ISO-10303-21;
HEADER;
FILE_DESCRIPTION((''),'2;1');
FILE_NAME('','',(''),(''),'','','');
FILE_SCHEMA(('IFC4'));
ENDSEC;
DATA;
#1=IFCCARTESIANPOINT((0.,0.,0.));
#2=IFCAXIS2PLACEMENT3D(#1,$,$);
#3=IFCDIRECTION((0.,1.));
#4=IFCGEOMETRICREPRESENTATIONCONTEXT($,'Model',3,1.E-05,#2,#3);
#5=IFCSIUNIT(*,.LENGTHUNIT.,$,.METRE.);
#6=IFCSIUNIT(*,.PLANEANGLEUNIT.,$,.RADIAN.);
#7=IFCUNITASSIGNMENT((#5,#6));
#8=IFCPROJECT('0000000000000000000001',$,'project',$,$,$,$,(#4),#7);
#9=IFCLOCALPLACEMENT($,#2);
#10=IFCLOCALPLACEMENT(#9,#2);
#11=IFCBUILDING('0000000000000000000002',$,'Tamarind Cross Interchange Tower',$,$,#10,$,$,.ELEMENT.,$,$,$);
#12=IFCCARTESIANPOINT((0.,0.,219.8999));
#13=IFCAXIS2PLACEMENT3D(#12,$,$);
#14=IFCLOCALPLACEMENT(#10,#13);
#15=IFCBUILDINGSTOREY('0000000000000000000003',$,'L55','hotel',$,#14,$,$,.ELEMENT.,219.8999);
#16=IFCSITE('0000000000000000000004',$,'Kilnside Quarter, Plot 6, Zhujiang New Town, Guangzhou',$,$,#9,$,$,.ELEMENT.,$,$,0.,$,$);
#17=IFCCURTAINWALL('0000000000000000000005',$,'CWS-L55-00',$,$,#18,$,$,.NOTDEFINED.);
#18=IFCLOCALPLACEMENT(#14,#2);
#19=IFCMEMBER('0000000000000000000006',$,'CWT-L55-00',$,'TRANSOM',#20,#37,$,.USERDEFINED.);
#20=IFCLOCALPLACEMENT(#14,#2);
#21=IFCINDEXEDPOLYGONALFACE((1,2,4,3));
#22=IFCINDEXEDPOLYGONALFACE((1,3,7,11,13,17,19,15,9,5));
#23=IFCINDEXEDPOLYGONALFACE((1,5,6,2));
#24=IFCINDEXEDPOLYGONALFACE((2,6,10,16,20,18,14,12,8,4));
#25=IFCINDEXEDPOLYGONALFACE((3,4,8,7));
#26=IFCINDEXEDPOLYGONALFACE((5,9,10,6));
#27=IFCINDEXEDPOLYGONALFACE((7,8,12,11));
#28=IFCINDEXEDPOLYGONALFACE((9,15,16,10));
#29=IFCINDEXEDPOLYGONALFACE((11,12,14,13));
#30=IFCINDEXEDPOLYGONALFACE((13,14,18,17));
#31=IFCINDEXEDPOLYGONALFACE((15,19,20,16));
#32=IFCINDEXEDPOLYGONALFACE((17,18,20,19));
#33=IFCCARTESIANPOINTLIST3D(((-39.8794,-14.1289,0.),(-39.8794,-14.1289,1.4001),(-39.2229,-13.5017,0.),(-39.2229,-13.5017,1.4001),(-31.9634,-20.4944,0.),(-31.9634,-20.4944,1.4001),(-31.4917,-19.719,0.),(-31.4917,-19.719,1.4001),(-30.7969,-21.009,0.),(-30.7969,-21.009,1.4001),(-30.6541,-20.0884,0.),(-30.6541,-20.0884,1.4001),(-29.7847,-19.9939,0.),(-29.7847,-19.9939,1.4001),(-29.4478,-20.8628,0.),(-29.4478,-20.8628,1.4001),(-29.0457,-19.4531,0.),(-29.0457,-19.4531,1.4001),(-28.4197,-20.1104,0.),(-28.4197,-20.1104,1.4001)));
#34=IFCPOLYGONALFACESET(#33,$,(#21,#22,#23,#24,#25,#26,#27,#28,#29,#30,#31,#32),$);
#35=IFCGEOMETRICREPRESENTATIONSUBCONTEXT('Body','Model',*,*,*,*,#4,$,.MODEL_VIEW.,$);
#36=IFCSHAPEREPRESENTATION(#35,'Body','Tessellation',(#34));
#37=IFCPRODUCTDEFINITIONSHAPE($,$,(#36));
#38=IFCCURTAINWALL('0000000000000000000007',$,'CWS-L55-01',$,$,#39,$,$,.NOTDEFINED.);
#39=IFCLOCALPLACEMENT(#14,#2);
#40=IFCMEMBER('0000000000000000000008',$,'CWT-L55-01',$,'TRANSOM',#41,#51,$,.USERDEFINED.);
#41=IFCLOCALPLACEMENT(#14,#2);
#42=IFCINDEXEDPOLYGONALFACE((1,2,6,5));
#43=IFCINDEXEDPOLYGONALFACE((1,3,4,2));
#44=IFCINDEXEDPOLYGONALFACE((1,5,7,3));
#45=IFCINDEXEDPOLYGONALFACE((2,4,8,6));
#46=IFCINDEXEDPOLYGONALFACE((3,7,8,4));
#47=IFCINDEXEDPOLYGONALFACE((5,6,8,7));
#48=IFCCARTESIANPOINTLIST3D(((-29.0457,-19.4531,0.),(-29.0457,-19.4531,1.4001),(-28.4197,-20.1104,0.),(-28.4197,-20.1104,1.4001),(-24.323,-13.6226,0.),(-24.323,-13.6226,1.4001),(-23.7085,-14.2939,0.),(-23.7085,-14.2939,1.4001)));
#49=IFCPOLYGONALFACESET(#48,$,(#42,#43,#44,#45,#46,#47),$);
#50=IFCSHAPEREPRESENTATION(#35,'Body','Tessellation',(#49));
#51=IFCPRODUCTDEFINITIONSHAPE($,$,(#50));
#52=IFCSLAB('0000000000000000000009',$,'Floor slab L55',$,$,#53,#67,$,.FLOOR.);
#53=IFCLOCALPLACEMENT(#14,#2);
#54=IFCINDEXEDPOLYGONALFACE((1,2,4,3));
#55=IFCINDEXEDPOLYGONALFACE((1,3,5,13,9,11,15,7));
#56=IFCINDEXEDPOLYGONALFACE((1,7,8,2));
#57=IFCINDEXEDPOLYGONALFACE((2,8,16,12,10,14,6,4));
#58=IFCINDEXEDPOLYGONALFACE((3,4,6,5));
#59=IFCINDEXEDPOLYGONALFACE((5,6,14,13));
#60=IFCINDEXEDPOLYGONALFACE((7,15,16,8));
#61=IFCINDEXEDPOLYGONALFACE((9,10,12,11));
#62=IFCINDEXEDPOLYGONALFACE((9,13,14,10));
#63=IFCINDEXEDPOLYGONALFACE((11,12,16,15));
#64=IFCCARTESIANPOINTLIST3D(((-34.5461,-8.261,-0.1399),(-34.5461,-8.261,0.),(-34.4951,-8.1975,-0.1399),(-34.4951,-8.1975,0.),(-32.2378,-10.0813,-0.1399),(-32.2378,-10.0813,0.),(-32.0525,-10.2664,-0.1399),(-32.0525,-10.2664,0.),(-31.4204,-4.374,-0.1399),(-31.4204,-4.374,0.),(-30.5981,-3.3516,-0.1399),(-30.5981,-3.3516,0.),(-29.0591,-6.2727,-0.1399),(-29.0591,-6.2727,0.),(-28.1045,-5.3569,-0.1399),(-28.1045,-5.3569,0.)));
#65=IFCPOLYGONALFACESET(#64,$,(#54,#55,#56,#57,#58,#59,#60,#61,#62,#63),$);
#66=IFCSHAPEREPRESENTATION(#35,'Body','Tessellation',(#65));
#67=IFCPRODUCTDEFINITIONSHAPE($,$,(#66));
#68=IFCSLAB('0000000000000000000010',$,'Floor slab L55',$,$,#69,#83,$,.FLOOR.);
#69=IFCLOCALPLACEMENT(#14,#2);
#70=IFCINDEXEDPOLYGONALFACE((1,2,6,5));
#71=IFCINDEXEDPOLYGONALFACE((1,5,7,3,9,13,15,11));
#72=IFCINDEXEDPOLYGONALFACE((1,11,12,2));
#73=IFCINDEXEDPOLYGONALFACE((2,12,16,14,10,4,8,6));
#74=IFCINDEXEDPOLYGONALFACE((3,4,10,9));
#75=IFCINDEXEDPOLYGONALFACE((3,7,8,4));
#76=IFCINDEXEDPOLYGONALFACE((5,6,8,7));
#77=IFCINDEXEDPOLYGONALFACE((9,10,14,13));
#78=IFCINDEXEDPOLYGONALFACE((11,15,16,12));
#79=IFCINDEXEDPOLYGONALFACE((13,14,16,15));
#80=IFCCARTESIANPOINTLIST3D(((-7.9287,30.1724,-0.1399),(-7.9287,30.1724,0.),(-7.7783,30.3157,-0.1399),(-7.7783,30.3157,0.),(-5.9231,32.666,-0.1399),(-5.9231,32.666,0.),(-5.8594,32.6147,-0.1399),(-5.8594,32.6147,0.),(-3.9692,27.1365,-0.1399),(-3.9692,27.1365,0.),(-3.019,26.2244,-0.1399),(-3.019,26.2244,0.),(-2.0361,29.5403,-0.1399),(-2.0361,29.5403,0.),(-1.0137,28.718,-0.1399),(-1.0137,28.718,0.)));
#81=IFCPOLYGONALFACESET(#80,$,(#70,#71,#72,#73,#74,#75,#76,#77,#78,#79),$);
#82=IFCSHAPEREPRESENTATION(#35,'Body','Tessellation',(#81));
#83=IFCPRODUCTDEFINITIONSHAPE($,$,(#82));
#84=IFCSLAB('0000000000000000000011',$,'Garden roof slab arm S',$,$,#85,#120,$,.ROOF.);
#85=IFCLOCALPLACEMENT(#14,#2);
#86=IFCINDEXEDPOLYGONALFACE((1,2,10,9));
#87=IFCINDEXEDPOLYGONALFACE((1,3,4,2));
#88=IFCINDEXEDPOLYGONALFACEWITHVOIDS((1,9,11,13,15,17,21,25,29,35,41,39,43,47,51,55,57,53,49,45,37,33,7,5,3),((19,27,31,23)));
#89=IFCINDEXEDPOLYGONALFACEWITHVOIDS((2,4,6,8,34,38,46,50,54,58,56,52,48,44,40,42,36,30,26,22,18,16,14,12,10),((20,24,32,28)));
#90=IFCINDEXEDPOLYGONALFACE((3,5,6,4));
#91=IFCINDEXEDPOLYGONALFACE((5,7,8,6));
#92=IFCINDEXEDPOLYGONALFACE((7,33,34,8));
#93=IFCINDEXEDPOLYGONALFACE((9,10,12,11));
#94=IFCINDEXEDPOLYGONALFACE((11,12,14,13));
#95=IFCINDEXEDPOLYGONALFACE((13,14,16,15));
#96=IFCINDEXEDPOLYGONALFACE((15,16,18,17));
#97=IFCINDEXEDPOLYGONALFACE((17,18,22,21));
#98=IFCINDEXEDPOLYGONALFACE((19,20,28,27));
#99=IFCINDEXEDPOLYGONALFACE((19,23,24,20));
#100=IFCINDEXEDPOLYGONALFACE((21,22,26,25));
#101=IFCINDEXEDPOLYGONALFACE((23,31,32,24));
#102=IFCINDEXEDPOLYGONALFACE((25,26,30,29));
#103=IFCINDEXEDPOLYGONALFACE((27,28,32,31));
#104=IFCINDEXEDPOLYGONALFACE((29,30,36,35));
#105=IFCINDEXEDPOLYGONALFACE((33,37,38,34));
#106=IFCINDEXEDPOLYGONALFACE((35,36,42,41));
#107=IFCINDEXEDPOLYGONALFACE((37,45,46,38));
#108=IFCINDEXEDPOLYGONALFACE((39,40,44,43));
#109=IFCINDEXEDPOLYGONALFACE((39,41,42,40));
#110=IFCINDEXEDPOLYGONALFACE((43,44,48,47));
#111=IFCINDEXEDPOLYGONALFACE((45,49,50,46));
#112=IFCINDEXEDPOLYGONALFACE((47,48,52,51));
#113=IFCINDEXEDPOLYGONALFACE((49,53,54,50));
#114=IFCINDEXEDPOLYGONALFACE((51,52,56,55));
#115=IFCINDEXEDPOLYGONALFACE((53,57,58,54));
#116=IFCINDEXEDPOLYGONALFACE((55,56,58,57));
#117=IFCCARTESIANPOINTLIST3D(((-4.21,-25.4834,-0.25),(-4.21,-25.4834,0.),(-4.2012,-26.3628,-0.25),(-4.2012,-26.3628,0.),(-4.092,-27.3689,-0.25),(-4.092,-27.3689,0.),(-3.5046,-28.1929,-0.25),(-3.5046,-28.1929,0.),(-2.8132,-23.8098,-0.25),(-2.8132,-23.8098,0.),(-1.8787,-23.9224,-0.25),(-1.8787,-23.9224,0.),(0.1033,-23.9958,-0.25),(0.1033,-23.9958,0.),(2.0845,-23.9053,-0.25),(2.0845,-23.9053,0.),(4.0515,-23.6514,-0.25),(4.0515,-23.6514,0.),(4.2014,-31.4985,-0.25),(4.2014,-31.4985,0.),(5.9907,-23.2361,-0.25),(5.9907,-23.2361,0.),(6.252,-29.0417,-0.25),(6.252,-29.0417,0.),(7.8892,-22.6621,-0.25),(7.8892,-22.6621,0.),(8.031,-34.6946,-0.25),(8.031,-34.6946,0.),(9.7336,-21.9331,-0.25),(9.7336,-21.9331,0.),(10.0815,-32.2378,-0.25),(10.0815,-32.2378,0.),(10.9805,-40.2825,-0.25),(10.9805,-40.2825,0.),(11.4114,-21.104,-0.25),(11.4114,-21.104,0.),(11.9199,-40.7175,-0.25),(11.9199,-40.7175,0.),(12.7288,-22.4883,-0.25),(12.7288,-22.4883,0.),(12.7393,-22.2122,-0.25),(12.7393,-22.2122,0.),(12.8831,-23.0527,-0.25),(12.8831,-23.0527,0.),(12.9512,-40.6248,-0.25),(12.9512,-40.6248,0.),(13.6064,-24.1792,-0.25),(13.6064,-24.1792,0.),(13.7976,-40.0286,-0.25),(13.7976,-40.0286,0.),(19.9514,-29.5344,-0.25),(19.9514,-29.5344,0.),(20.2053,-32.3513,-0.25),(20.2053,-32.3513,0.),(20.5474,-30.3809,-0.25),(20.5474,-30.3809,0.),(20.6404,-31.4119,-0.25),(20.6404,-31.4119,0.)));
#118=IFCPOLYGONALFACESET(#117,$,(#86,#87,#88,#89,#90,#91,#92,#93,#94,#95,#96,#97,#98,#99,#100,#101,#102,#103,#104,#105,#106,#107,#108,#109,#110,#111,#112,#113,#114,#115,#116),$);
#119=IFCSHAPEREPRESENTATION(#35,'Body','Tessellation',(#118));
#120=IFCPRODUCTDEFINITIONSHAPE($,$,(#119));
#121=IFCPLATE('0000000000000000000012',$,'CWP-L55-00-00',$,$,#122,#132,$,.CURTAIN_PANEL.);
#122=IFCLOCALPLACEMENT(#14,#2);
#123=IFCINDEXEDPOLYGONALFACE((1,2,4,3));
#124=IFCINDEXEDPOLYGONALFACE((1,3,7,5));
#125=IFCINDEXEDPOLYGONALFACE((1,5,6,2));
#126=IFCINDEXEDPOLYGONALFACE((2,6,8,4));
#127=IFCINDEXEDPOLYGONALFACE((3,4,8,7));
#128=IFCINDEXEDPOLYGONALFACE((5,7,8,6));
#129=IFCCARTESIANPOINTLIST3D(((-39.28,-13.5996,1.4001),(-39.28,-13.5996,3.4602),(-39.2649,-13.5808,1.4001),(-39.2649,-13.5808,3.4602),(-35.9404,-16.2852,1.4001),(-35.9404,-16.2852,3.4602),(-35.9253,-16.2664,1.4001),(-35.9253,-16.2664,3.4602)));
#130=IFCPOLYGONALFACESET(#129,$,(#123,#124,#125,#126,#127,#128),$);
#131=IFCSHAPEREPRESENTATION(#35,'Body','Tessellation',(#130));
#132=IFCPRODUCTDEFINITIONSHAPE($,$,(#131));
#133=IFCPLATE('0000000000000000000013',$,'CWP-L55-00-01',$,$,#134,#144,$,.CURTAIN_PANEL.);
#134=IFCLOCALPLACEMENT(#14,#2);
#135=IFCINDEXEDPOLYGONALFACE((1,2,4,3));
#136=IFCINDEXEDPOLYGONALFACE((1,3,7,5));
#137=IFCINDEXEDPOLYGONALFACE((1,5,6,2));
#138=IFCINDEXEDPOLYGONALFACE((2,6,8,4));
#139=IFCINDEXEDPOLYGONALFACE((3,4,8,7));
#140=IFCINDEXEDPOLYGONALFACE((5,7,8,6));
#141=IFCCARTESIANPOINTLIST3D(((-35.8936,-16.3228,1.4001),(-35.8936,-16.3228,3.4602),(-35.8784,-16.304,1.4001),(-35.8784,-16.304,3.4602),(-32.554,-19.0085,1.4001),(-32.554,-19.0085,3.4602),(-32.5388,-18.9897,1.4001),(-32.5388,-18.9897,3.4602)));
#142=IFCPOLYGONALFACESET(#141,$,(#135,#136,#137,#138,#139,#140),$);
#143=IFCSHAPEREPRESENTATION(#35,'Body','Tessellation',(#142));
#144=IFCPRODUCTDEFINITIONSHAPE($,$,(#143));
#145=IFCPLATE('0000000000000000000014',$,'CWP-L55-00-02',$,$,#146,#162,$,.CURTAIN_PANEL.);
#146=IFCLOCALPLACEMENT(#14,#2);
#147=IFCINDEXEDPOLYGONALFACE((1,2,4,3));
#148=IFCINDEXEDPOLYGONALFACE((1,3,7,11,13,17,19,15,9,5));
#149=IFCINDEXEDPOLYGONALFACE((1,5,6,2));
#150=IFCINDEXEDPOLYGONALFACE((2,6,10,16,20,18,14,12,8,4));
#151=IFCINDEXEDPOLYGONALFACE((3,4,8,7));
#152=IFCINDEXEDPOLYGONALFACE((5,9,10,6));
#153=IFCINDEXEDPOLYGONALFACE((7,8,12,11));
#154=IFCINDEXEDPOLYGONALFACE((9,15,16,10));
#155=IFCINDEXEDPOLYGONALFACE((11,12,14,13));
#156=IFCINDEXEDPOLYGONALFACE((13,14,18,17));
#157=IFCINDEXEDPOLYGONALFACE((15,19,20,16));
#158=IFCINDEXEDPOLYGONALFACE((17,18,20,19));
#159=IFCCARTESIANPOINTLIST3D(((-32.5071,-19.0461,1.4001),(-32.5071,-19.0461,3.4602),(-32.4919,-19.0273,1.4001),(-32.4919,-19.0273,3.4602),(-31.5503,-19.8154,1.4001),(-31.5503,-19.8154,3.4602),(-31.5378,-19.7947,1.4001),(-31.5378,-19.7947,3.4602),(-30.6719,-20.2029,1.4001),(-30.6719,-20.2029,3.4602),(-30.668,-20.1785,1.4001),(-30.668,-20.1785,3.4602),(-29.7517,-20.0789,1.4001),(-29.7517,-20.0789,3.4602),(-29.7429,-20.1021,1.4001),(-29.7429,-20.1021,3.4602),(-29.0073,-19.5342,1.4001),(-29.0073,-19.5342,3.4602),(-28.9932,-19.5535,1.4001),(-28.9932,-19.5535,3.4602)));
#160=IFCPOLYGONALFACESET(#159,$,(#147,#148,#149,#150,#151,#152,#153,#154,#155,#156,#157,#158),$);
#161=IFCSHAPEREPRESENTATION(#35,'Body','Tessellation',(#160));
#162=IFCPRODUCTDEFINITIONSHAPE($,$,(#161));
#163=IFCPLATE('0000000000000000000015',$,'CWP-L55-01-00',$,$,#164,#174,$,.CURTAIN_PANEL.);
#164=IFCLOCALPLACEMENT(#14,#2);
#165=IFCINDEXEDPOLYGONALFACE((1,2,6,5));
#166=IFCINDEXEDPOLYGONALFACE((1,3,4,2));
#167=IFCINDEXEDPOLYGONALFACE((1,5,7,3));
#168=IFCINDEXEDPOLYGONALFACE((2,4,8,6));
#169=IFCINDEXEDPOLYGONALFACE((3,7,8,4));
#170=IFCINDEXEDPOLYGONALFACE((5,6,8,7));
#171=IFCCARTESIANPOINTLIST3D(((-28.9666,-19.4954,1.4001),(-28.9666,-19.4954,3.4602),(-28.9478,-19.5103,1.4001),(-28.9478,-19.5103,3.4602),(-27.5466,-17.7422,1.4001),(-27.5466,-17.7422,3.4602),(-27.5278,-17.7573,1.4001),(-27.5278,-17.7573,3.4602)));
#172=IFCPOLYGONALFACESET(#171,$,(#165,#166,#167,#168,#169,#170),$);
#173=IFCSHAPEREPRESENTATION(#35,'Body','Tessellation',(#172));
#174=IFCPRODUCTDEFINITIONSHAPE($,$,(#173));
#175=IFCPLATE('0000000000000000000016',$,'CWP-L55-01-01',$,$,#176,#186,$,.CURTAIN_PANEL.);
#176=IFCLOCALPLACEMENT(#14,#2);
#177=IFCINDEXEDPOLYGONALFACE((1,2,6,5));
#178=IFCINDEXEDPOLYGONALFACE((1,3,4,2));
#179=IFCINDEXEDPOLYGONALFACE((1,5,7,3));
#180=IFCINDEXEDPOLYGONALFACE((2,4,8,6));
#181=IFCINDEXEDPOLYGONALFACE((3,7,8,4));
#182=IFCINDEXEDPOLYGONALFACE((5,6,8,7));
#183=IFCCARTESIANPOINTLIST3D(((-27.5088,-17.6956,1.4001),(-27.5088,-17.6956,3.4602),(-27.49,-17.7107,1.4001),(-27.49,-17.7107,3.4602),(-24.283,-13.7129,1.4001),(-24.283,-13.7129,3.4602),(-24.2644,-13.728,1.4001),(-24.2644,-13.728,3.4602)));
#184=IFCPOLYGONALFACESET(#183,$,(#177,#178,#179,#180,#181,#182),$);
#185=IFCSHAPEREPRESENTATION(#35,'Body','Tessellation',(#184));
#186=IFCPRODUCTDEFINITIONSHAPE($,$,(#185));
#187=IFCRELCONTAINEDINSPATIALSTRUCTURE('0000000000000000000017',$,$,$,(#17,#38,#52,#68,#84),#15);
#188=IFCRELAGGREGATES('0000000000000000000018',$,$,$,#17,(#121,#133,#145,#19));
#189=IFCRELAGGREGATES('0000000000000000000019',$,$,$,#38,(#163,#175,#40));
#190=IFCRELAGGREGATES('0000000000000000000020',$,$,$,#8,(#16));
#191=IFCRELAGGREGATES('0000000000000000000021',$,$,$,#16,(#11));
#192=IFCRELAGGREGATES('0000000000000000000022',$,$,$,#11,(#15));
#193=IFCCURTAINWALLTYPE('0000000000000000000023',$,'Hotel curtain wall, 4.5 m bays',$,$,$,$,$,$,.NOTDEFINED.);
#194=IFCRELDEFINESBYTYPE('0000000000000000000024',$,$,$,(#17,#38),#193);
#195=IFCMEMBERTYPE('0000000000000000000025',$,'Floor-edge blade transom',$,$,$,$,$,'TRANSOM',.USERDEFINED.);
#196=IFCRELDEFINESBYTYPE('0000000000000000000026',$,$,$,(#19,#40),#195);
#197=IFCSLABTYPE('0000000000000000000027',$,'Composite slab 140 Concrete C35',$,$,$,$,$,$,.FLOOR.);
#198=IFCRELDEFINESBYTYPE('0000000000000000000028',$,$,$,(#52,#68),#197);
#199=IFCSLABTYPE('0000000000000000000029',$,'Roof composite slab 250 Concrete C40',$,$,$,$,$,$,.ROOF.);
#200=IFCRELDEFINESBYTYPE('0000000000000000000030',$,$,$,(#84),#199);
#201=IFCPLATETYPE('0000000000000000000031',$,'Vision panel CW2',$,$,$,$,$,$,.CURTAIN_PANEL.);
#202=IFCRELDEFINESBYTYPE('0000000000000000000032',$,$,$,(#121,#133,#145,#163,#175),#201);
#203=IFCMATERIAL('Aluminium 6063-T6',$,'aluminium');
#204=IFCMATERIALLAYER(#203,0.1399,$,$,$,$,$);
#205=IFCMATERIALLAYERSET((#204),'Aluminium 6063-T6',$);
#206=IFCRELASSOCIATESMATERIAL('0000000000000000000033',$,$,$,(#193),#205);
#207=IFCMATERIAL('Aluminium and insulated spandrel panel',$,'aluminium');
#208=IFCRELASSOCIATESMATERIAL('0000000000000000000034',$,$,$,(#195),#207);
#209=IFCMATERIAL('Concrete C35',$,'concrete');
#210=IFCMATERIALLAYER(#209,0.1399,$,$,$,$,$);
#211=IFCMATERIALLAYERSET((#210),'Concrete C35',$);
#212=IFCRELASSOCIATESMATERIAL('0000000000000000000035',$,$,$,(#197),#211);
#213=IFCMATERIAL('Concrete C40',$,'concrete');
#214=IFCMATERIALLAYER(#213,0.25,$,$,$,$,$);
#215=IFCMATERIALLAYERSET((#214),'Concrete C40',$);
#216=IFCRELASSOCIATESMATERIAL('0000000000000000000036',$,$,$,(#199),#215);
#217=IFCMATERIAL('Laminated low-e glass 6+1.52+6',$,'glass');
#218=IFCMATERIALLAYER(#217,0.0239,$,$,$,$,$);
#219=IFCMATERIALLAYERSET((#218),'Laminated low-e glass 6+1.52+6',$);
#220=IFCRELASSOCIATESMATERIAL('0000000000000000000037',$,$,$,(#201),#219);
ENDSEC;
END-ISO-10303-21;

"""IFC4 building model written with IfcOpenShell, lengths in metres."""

from ifc_helpers import new_model, si_unit, direction, frame, origin, place, context, subcontext, project, spatial, polyline, outline, extrude, material, layer, layer_set, type_object, element, aggregate, save


model = new_model("IFC4")

# Units and contexts
model_context = context("Model", 3, precision=1e-05, world=origin(), true_north=direction((0.0, 1.0)))
body_context = subcontext(model_context, "Body", "Model", "MODEL_VIEW")
ifc_project = project(units=[si_unit("LENGTHUNIT", "METRE"), si_unit("PLANEANGLEUNIT", "RADIAN")], contexts=[model_context])

# Site, building, storey
site_placement = place(None, origin())
site = spatial("IfcSite", under=ifc_project, at=site_placement, Name="Kilnside Quarter, Plot 6, Zhujiang New Town, Guangzhou", CompositionType="ELEMENT", RefElevation=0.0)
building_placement = place(site_placement, origin())
building = spatial("IfcBuilding", under=site, at=building_placement, Name="Tamarind Cross Interchange Tower", CompositionType="ELEMENT")
storey_placement = place(building_placement, frame((0.0, 0.0, 219.8999)))
storey = spatial("IfcBuildingStorey", under=building, at=storey_placement, Name="L55", Description="hotel", CompositionType="ELEMENT", Elevation=219.8999)

# Curtain walls, members
ifc_material_1 = material(Name="Aluminium 6063-T6", Category="aluminium")
ifc_layer_1 = layer(ifc_material_1, 0.1399)
ifc_layer_set_1 = layer_set([ifc_layer_1], Name="Aluminium 6063-T6")
curtain_wall_type_1 = type_object("IfcCurtainWallType", Name="Hotel curtain wall, 4.5 m bays", PredefinedType="NOTDEFINED", material=ifc_layer_set_1)
curtain_wall_1_placement = place(storey_placement, origin())
curtain_wall_1 = element("IfcCurtainWall", 1, at=curtain_wall_1_placement, inside=storey, type_object=curtain_wall_type_1, Name="CWS-L55-00", PredefinedType="NOTDEFINED")
ifc_material_2 = material(Name="Aluminium and insulated spandrel panel", Category="aluminium")
member_type = type_object("IfcMemberType", Name="Floor-edge blade transom", ElementType="TRANSOM", PredefinedType="USERDEFINED", material=ifc_material_2)
member_1_placement = place(storey_placement, origin())
member_1 = element("IfcMember", 2, at=member_1_placement, type_object=member_type, Name="CWT-L55-00", ObjectType="TRANSOM", PredefinedType="USERDEFINED", context=body_context, shape_type="SweptSolid", body=[
    extrude(outline(polyline([(-39.2229, -13.5017), (-31.4917, -19.719), (-30.6541, -20.0884), (-29.7847, -19.9939), (-29.0457, -19.4531), (-28.4197, -20.1104), (-29.4478, -20.8628), (-30.7969, -21.009), (-31.9634, -20.4944), (-39.8794, -14.1289), (-39.2229, -13.5017)])), origin(), (0.0, 0.0, 1.0), 1.4001),
])
curtain_wall_2_placement = place(storey_placement, origin())
curtain_wall_2 = element("IfcCurtainWall", 3, at=curtain_wall_2_placement, inside=storey, type_object=curtain_wall_type_1, Name="CWS-L55-01", PredefinedType="NOTDEFINED")
member_2_placement = place(storey_placement, origin())
member_2 = element("IfcMember", 4, at=member_2_placement, type_object=member_type, Name="CWT-L55-01", ObjectType="TRANSOM", PredefinedType="USERDEFINED", context=body_context, shape_type="SweptSolid", body=[
    extrude(outline(polyline([(-29.0457, -19.4531), (-24.323, -13.6226), (-23.7085, -14.2939), (-28.4197, -20.1104), (-29.0457, -19.4531)])), origin(), (0.0, 0.0, 1.0), 1.4001),
])

# Slabs
ifc_material_3 = material(Name="Concrete C35", Category="concrete")
ifc_layer_2 = layer(ifc_material_3, 0.1399)
ifc_layer_set_2 = layer_set([ifc_layer_2], Name="Concrete C35")
slab_type_1 = type_object("IfcSlabType", Name="Composite slab 140 Concrete C35", PredefinedType="FLOOR", material=ifc_layer_set_2)
slab_1_placement = place(storey_placement, frame((0.0, 0.0, -0.1399)))
element("IfcSlab", 5, at=slab_1_placement, inside=storey, type_object=slab_type_1, Name="Floor slab L55", PredefinedType="FLOOR", context=body_context, shape_type="SweptSolid", body=[
    extrude(outline(polyline([(-28.1045, -5.3569), (-30.5981, -3.3516), (-31.4204, -4.374), (-29.0591, -6.2727), (-32.2378, -10.0813), (-34.4951, -8.1975), (-34.5461, -8.261), (-32.0525, -10.2664), (-28.1045, -5.3569)])), origin(), (0.0, 0.0, 1.0), 0.1399),
])
slab_2_placement = place(storey_placement, frame((0.0, 0.0, -0.1399)))
element("IfcSlab", 6, at=slab_2_placement, inside=storey, type_object=slab_type_1, Name="Floor slab L55", PredefinedType="FLOOR", context=body_context, shape_type="SweptSolid", body=[
    extrude(outline(polyline([(-5.9231, 32.666), (-7.9287, 30.1724), (-3.019, 26.2244), (-1.0137, 28.718), (-2.0361, 29.5403), (-3.9692, 27.1365), (-7.7783, 30.3157), (-5.8594, 32.6147), (-5.9231, 32.666)])), origin(), (0.0, 0.0, 1.0), 0.1399),
])
ifc_material_4 = material(Name="Concrete C40", Category="concrete")
ifc_layer_3 = layer(ifc_material_4, 0.25)
ifc_layer_set_3 = layer_set([ifc_layer_3], Name="Concrete C40")
slab_type_2 = type_object("IfcSlabType", Name="Roof composite slab 250 Concrete C40", PredefinedType="ROOF", material=ifc_layer_set_3)
slab_3_placement = place(storey_placement, frame((0.0, 0.0, -0.25)))
element("IfcSlab", 7, at=slab_3_placement, inside=storey, type_object=slab_type_2, Name="Garden roof slab arm S", PredefinedType="ROOF", context=body_context, shape_type="SweptSolid", body=[
    extrude(outline(polyline([(-1.8787, -23.9224), (-2.8132, -23.8098), (-4.21, -25.4834), (-4.2012, -26.3628), (-4.092, -27.3689), (-3.5046, -28.1929), (10.9805, -40.2825), (11.9199, -40.7175), (12.9512, -40.6248), (13.7976, -40.0286), (20.2053, -32.3513), (20.6404, -31.4119), (20.5474, -30.3809), (19.9514, -29.5344), (13.6064, -24.1792), (12.8831, -23.0527), (12.7288, -22.4883), (12.7393, -22.2122), (11.4114, -21.104), (9.7336, -21.9331), (7.8892, -22.6621), (5.9907, -23.2361), (4.0515, -23.6514), (2.0845, -23.9053), (0.1033, -23.9958), (-1.8787, -23.9224)]), holes=[polyline([(4.2014, -31.4985), (6.252, -29.0417), (10.0815, -32.2378), (8.031, -34.6946), (4.2014, -31.4985)])]), origin(), (0.0, 0.0, 1.0), 0.25),
])

# Plates
ifc_material_5 = material(Name="Laminated low-e glass 6+1.52+6", Category="glass")
ifc_layer_4 = layer(ifc_material_5, 0.0239)
ifc_layer_set_4 = layer_set([ifc_layer_4], Name="Laminated low-e glass 6+1.52+6")
plate_type_1 = type_object("IfcPlateType", Name="Vision panel CW2", PredefinedType="CURTAIN_PANEL", material=ifc_layer_set_4)
plate_1_placement = place(storey_placement, frame((0.0, 0.0, 1.4001)))
plate_1 = element("IfcPlate", 8, at=plate_1_placement, type_object=plate_type_1, Name="CWP-L55-00-00", PredefinedType="CURTAIN_PANEL", context=body_context, shape_type="SweptSolid", body=[
    extrude(outline(polyline([(-39.2649, -13.5808), (-35.9253, -16.2664), (-35.9404, -16.2852), (-39.28, -13.5996), (-39.2649, -13.5808)])), origin(), (0.0, 0.0, 1.0), 2.0601),
])
plate_2_placement = place(storey_placement, frame((0.0, 0.0, 1.4001)))
plate_2 = element("IfcPlate", 9, at=plate_2_placement, type_object=plate_type_1, Name="CWP-L55-00-01", PredefinedType="CURTAIN_PANEL", context=body_context, shape_type="SweptSolid", body=[
    extrude(outline(polyline([(-35.8784, -16.304), (-32.5388, -18.9897), (-32.554, -19.0085), (-35.8936, -16.3228), (-35.8784, -16.304)])), origin(), (0.0, 0.0, 1.0), 2.0601),
])
plate_3_placement = place(storey_placement, frame((0.0, 0.0, 1.4001)))
plate_3 = element("IfcPlate", 10, at=plate_3_placement, type_object=plate_type_1, Name="CWP-L55-00-02", PredefinedType="CURTAIN_PANEL", context=body_context, shape_type="SweptSolid", body=[
    extrude(outline(polyline([(-32.4919, -19.0273), (-31.5378, -19.7947), (-30.668, -20.1785), (-29.7517, -20.0789), (-29.0073, -19.5342), (-28.9932, -19.5535), (-29.7429, -20.1021), (-30.6719, -20.2029), (-31.5503, -19.8154), (-32.5071, -19.0461), (-32.4919, -19.0273)])), origin(), (0.0, 0.0, 1.0), 2.0601),
])
aggregate(curtain_wall_1, [plate_1, plate_2, plate_3, member_1])
plate_4_placement = place(storey_placement, frame((0.0, 0.0, 1.4001)))
plate_4 = element("IfcPlate", 11, at=plate_4_placement, type_object=plate_type_1, Name="CWP-L55-01-00", PredefinedType="CURTAIN_PANEL", context=body_context, shape_type="SweptSolid", body=[
    extrude(outline(polyline([(-28.9666, -19.4954), (-27.5466, -17.7422), (-27.5278, -17.7573), (-28.9478, -19.5103), (-28.9666, -19.4954)])), origin(), (0.0, 0.0, 1.0), 2.0601),
])
plate_5_placement = place(storey_placement, frame((0.0, 0.0, 1.4001)))
plate_5 = element("IfcPlate", 12, at=plate_5_placement, type_object=plate_type_1, Name="CWP-L55-01-01", PredefinedType="CURTAIN_PANEL", context=body_context, shape_type="SweptSolid", body=[
    extrude(outline(polyline([(-27.5088, -17.6956), (-24.283, -13.7129), (-24.2644, -13.728), (-27.49, -17.7107), (-27.5088, -17.6956)])), origin(), (0.0, 0.0, 1.0), 2.0601),
])
aggregate(curtain_wall_2, [plate_4, plate_5, member_2])

save(model, "model.ifc")
